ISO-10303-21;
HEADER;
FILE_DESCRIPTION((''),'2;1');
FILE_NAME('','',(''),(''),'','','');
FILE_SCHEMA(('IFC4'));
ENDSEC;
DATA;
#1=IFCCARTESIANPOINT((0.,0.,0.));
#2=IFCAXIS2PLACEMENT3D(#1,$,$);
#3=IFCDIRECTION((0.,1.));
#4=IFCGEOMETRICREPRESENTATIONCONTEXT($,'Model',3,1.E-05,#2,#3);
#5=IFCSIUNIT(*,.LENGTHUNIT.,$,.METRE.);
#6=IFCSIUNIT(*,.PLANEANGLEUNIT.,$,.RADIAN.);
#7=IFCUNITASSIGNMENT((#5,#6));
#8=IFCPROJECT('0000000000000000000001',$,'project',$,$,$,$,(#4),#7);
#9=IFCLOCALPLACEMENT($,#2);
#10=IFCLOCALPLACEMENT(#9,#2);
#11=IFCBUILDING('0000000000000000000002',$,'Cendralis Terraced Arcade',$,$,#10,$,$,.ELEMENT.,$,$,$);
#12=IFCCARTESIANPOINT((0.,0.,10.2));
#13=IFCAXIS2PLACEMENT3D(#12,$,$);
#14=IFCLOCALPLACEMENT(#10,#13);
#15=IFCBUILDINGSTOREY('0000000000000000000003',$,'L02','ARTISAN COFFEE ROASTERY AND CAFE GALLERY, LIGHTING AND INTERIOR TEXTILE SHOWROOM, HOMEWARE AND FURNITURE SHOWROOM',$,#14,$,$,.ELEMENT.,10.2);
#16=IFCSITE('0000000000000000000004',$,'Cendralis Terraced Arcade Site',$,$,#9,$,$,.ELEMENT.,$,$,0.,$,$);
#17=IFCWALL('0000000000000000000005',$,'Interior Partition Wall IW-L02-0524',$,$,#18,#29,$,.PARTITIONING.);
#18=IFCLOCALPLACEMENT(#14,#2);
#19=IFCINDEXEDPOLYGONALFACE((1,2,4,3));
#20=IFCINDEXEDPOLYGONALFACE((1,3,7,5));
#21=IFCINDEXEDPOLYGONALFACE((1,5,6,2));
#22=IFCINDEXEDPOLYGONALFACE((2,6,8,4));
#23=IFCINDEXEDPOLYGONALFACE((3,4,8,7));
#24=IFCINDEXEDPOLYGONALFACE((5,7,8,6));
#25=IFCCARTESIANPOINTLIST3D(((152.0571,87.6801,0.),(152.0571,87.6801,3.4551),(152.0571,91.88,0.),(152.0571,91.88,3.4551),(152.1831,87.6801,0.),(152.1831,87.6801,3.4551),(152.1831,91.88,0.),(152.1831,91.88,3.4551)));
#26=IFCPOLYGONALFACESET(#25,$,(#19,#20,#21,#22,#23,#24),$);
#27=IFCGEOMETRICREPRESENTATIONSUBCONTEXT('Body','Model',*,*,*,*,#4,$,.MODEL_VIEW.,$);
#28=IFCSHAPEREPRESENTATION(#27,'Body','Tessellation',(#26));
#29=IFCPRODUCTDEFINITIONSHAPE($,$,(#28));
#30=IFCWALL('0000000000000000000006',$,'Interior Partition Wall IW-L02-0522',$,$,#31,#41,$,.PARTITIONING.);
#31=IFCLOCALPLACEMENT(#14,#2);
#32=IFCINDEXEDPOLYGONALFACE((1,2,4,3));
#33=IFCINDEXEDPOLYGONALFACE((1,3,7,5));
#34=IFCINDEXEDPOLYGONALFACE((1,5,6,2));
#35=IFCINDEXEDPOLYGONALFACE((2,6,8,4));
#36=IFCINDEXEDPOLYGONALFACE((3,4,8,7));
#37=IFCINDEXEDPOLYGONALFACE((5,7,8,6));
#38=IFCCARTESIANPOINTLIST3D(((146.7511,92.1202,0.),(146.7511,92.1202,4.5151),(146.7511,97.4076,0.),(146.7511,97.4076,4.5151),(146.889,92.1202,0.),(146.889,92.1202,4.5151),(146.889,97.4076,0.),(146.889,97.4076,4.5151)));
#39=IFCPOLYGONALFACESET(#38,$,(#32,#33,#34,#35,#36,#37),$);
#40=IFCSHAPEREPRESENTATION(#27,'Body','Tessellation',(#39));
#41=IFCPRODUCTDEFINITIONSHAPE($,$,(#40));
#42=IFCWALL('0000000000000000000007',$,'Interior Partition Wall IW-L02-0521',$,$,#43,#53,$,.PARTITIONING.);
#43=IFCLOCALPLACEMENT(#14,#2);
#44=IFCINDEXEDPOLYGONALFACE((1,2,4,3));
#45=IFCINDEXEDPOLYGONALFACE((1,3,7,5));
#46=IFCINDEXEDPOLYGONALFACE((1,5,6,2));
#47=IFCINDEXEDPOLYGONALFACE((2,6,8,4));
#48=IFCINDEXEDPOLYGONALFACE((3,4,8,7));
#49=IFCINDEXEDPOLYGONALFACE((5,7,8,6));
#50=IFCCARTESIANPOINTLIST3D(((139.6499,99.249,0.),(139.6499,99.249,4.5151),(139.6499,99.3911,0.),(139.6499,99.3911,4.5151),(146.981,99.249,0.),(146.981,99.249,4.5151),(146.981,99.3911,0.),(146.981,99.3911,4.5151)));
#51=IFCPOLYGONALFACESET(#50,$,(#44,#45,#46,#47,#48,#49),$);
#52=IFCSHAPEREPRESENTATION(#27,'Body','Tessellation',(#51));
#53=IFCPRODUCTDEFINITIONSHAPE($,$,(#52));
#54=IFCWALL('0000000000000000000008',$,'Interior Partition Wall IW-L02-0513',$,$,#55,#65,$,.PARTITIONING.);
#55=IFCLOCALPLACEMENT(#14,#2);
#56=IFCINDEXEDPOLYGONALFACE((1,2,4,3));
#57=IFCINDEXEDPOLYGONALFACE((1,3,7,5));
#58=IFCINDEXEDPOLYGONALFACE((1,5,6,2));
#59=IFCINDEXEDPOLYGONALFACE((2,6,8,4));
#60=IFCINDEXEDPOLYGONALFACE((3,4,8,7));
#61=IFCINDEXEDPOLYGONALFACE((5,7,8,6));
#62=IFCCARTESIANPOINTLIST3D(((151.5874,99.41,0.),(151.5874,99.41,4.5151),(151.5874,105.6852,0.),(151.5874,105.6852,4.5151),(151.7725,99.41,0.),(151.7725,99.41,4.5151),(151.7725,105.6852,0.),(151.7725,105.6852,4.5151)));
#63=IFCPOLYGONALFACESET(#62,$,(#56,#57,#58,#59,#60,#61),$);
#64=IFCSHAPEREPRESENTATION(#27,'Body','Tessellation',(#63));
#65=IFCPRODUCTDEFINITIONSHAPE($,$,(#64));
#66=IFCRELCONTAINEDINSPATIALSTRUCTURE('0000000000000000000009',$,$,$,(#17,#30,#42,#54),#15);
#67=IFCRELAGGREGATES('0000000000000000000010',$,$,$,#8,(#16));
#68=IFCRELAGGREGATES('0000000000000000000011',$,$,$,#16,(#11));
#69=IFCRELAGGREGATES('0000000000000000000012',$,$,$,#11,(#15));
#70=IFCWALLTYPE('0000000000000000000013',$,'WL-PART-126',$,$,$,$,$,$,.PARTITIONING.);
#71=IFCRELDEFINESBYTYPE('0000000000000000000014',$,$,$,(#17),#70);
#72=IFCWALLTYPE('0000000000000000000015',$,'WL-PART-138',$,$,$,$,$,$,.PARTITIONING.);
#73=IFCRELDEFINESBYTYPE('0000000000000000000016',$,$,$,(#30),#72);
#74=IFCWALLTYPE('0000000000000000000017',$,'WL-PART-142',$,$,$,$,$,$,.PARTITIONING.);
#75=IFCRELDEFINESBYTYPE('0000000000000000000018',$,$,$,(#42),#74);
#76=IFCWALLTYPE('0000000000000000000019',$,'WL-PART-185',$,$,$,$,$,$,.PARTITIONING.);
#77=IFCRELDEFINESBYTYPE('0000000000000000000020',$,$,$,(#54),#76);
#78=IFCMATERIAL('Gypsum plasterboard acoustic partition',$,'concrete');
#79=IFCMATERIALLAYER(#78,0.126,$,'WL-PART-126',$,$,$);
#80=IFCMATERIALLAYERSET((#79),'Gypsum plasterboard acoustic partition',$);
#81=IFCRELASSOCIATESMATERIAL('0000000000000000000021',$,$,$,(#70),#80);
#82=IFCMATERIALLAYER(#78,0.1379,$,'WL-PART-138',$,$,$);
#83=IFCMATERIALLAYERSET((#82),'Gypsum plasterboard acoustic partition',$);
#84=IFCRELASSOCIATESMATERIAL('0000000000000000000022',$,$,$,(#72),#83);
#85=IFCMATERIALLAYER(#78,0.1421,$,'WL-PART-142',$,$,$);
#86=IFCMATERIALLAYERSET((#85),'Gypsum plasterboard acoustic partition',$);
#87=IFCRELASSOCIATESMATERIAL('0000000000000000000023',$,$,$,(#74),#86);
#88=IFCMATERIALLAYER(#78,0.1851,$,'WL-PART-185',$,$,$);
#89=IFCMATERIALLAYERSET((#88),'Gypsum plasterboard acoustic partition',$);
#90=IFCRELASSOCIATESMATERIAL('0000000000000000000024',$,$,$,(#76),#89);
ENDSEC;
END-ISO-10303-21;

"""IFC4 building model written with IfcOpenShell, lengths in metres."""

from ifc_helpers import new_model, si_unit, direction, frame, frame_2d, origin, place, context, subcontext, project, spatial, rectangle, extrude, material, layer, layer_set, type_object, element, save


model = new_model("IFC4")

# Units and contexts
model_context = context("Model", 3, precision=1e-05, world=origin(), true_north=direction((0.0, 1.0)))
body_context = subcontext(model_context, "Body", "Model", "MODEL_VIEW")
ifc_project = project(units=[si_unit("LENGTHUNIT", "METRE"), si_unit("PLANEANGLEUNIT", "RADIAN")], contexts=[model_context])

# Site, building, storey
site_placement = place(None, origin())
site = spatial("IfcSite", under=ifc_project, at=site_placement, Name="Cendralis Terraced Arcade Site", CompositionType="ELEMENT", RefElevation=0.0)
building_placement = place(site_placement, origin())
building = spatial("IfcBuilding", under=site, at=building_placement, Name="Cendralis Terraced Arcade", CompositionType="ELEMENT")
storey_placement = place(building_placement, frame((0.0, 0.0, 10.2)))
storey = spatial("IfcBuildingStorey", under=building, at=storey_placement, Name="L02", Description="ARTISAN COFFEE ROASTERY AND CAFE GALLERY, LIGHTING AND INTERIOR TEXTILE SHOWROOM, HOMEWARE AND FURNITURE SHOWROOM", CompositionType="ELEMENT", Elevation=10.2)

# Walls
ifc_material_1 = material(Name="Gypsum plasterboard acoustic partition", Category="concrete")
ifc_layer_1 = layer(ifc_material_1, 0.126, Name="WL-PART-126")
ifc_layer_set_1 = layer_set([ifc_layer_1], Name="Gypsum plasterboard acoustic partition")
wall_type_1 = type_object("IfcWallType", Name="WL-PART-126", PredefinedType="PARTITIONING", material=ifc_layer_set_1)
wall_1_placement = place(storey_placement, frame((152.1201, 87.6799, 0.0), z_axis=(0.0, 0.0, 1.0), x_axis=(0.0, 1.0, 0.0)))
element("IfcWall", 1, at=wall_1_placement, inside=storey, type_object=wall_type_1, Name="Interior Partition Wall IW-L02-0524", PredefinedType="PARTITIONING", context=body_context, shape_type="SweptSolid", body=[
    extrude(rectangle(XDim=4.2, YDim=0.126, at=frame_2d((2.1001, 0.0))), origin(), (0.0, 0.0, 1.0), 3.4551),
])
ifc_layer_2 = layer(ifc_material_1, 0.1379, Name="WL-PART-138")
ifc_layer_set_2 = layer_set([ifc_layer_2], Name="Gypsum plasterboard acoustic partition")
wall_type_2 = type_object("IfcWallType", Name="WL-PART-138", PredefinedType="PARTITIONING", material=ifc_layer_set_2)
wall_2_placement = place(storey_placement, frame((146.8201, 97.4075, 0.0), z_axis=(0.0, 0.0, 1.0), x_axis=(0.0, -1.0, 0.0)))
element("IfcWall", 2, at=wall_2_placement, inside=storey, type_object=wall_type_2, Name="Interior Partition Wall IW-L02-0522", PredefinedType="PARTITIONING", context=body_context, shape_type="SweptSolid", body=[
    extrude(rectangle(XDim=5.2874, YDim=0.1379, at=frame_2d((2.6436, 0.0))), origin(), (0.0, 0.0, 1.0), 4.5151),
])
ifc_layer_3 = layer(ifc_material_1, 0.1421, Name="WL-PART-142")
ifc_layer_set_3 = layer_set([ifc_layer_3], Name="Gypsum plasterboard acoustic partition")
wall_type_3 = type_object("IfcWallType", Name="WL-PART-142", PredefinedType="PARTITIONING", material=ifc_layer_set_3)
wall_3_placement = place(storey_placement, frame((146.981, 99.3201, 0.0), z_axis=(0.0, 0.0, 1.0), x_axis=(-1.0, 0.0, 0.0)))
element("IfcWall", 3, at=wall_3_placement, inside=storey, type_object=wall_type_3, Name="Interior Partition Wall IW-L02-0521", PredefinedType="PARTITIONING", context=body_context, shape_type="SweptSolid", body=[
    extrude(rectangle(XDim=7.3311, YDim=0.1421, at=frame_2d((3.6655, 0.0))), origin(), (0.0, 0.0, 1.0), 4.5151),
])
ifc_layer_4 = layer(ifc_material_1, 0.1851, Name="WL-PART-185")
ifc_layer_set_4 = layer_set([ifc_layer_4], Name="Gypsum plasterboard acoustic partition")
wall_type_4 = type_object("IfcWallType", Name="WL-PART-185", PredefinedType="PARTITIONING", material=ifc_layer_set_4)
wall_4_placement = place(storey_placement, frame((151.6799, 99.4099, 0.0), z_axis=(0.0, 0.0, 1.0), x_axis=(0.0, 1.0, 0.0)))
element("IfcWall", 4, at=wall_4_placement, inside=storey, type_object=wall_type_4, Name="Interior Partition Wall IW-L02-0513", PredefinedType="PARTITIONING", context=body_context, shape_type="SweptSolid", body=[
    extrude(rectangle(XDim=6.2751, YDim=0.1851, at=frame_2d((3.1377, 0.0))), origin(), (0.0, 0.0, 1.0), 4.5151),
])

save(model, "model.ifc")
